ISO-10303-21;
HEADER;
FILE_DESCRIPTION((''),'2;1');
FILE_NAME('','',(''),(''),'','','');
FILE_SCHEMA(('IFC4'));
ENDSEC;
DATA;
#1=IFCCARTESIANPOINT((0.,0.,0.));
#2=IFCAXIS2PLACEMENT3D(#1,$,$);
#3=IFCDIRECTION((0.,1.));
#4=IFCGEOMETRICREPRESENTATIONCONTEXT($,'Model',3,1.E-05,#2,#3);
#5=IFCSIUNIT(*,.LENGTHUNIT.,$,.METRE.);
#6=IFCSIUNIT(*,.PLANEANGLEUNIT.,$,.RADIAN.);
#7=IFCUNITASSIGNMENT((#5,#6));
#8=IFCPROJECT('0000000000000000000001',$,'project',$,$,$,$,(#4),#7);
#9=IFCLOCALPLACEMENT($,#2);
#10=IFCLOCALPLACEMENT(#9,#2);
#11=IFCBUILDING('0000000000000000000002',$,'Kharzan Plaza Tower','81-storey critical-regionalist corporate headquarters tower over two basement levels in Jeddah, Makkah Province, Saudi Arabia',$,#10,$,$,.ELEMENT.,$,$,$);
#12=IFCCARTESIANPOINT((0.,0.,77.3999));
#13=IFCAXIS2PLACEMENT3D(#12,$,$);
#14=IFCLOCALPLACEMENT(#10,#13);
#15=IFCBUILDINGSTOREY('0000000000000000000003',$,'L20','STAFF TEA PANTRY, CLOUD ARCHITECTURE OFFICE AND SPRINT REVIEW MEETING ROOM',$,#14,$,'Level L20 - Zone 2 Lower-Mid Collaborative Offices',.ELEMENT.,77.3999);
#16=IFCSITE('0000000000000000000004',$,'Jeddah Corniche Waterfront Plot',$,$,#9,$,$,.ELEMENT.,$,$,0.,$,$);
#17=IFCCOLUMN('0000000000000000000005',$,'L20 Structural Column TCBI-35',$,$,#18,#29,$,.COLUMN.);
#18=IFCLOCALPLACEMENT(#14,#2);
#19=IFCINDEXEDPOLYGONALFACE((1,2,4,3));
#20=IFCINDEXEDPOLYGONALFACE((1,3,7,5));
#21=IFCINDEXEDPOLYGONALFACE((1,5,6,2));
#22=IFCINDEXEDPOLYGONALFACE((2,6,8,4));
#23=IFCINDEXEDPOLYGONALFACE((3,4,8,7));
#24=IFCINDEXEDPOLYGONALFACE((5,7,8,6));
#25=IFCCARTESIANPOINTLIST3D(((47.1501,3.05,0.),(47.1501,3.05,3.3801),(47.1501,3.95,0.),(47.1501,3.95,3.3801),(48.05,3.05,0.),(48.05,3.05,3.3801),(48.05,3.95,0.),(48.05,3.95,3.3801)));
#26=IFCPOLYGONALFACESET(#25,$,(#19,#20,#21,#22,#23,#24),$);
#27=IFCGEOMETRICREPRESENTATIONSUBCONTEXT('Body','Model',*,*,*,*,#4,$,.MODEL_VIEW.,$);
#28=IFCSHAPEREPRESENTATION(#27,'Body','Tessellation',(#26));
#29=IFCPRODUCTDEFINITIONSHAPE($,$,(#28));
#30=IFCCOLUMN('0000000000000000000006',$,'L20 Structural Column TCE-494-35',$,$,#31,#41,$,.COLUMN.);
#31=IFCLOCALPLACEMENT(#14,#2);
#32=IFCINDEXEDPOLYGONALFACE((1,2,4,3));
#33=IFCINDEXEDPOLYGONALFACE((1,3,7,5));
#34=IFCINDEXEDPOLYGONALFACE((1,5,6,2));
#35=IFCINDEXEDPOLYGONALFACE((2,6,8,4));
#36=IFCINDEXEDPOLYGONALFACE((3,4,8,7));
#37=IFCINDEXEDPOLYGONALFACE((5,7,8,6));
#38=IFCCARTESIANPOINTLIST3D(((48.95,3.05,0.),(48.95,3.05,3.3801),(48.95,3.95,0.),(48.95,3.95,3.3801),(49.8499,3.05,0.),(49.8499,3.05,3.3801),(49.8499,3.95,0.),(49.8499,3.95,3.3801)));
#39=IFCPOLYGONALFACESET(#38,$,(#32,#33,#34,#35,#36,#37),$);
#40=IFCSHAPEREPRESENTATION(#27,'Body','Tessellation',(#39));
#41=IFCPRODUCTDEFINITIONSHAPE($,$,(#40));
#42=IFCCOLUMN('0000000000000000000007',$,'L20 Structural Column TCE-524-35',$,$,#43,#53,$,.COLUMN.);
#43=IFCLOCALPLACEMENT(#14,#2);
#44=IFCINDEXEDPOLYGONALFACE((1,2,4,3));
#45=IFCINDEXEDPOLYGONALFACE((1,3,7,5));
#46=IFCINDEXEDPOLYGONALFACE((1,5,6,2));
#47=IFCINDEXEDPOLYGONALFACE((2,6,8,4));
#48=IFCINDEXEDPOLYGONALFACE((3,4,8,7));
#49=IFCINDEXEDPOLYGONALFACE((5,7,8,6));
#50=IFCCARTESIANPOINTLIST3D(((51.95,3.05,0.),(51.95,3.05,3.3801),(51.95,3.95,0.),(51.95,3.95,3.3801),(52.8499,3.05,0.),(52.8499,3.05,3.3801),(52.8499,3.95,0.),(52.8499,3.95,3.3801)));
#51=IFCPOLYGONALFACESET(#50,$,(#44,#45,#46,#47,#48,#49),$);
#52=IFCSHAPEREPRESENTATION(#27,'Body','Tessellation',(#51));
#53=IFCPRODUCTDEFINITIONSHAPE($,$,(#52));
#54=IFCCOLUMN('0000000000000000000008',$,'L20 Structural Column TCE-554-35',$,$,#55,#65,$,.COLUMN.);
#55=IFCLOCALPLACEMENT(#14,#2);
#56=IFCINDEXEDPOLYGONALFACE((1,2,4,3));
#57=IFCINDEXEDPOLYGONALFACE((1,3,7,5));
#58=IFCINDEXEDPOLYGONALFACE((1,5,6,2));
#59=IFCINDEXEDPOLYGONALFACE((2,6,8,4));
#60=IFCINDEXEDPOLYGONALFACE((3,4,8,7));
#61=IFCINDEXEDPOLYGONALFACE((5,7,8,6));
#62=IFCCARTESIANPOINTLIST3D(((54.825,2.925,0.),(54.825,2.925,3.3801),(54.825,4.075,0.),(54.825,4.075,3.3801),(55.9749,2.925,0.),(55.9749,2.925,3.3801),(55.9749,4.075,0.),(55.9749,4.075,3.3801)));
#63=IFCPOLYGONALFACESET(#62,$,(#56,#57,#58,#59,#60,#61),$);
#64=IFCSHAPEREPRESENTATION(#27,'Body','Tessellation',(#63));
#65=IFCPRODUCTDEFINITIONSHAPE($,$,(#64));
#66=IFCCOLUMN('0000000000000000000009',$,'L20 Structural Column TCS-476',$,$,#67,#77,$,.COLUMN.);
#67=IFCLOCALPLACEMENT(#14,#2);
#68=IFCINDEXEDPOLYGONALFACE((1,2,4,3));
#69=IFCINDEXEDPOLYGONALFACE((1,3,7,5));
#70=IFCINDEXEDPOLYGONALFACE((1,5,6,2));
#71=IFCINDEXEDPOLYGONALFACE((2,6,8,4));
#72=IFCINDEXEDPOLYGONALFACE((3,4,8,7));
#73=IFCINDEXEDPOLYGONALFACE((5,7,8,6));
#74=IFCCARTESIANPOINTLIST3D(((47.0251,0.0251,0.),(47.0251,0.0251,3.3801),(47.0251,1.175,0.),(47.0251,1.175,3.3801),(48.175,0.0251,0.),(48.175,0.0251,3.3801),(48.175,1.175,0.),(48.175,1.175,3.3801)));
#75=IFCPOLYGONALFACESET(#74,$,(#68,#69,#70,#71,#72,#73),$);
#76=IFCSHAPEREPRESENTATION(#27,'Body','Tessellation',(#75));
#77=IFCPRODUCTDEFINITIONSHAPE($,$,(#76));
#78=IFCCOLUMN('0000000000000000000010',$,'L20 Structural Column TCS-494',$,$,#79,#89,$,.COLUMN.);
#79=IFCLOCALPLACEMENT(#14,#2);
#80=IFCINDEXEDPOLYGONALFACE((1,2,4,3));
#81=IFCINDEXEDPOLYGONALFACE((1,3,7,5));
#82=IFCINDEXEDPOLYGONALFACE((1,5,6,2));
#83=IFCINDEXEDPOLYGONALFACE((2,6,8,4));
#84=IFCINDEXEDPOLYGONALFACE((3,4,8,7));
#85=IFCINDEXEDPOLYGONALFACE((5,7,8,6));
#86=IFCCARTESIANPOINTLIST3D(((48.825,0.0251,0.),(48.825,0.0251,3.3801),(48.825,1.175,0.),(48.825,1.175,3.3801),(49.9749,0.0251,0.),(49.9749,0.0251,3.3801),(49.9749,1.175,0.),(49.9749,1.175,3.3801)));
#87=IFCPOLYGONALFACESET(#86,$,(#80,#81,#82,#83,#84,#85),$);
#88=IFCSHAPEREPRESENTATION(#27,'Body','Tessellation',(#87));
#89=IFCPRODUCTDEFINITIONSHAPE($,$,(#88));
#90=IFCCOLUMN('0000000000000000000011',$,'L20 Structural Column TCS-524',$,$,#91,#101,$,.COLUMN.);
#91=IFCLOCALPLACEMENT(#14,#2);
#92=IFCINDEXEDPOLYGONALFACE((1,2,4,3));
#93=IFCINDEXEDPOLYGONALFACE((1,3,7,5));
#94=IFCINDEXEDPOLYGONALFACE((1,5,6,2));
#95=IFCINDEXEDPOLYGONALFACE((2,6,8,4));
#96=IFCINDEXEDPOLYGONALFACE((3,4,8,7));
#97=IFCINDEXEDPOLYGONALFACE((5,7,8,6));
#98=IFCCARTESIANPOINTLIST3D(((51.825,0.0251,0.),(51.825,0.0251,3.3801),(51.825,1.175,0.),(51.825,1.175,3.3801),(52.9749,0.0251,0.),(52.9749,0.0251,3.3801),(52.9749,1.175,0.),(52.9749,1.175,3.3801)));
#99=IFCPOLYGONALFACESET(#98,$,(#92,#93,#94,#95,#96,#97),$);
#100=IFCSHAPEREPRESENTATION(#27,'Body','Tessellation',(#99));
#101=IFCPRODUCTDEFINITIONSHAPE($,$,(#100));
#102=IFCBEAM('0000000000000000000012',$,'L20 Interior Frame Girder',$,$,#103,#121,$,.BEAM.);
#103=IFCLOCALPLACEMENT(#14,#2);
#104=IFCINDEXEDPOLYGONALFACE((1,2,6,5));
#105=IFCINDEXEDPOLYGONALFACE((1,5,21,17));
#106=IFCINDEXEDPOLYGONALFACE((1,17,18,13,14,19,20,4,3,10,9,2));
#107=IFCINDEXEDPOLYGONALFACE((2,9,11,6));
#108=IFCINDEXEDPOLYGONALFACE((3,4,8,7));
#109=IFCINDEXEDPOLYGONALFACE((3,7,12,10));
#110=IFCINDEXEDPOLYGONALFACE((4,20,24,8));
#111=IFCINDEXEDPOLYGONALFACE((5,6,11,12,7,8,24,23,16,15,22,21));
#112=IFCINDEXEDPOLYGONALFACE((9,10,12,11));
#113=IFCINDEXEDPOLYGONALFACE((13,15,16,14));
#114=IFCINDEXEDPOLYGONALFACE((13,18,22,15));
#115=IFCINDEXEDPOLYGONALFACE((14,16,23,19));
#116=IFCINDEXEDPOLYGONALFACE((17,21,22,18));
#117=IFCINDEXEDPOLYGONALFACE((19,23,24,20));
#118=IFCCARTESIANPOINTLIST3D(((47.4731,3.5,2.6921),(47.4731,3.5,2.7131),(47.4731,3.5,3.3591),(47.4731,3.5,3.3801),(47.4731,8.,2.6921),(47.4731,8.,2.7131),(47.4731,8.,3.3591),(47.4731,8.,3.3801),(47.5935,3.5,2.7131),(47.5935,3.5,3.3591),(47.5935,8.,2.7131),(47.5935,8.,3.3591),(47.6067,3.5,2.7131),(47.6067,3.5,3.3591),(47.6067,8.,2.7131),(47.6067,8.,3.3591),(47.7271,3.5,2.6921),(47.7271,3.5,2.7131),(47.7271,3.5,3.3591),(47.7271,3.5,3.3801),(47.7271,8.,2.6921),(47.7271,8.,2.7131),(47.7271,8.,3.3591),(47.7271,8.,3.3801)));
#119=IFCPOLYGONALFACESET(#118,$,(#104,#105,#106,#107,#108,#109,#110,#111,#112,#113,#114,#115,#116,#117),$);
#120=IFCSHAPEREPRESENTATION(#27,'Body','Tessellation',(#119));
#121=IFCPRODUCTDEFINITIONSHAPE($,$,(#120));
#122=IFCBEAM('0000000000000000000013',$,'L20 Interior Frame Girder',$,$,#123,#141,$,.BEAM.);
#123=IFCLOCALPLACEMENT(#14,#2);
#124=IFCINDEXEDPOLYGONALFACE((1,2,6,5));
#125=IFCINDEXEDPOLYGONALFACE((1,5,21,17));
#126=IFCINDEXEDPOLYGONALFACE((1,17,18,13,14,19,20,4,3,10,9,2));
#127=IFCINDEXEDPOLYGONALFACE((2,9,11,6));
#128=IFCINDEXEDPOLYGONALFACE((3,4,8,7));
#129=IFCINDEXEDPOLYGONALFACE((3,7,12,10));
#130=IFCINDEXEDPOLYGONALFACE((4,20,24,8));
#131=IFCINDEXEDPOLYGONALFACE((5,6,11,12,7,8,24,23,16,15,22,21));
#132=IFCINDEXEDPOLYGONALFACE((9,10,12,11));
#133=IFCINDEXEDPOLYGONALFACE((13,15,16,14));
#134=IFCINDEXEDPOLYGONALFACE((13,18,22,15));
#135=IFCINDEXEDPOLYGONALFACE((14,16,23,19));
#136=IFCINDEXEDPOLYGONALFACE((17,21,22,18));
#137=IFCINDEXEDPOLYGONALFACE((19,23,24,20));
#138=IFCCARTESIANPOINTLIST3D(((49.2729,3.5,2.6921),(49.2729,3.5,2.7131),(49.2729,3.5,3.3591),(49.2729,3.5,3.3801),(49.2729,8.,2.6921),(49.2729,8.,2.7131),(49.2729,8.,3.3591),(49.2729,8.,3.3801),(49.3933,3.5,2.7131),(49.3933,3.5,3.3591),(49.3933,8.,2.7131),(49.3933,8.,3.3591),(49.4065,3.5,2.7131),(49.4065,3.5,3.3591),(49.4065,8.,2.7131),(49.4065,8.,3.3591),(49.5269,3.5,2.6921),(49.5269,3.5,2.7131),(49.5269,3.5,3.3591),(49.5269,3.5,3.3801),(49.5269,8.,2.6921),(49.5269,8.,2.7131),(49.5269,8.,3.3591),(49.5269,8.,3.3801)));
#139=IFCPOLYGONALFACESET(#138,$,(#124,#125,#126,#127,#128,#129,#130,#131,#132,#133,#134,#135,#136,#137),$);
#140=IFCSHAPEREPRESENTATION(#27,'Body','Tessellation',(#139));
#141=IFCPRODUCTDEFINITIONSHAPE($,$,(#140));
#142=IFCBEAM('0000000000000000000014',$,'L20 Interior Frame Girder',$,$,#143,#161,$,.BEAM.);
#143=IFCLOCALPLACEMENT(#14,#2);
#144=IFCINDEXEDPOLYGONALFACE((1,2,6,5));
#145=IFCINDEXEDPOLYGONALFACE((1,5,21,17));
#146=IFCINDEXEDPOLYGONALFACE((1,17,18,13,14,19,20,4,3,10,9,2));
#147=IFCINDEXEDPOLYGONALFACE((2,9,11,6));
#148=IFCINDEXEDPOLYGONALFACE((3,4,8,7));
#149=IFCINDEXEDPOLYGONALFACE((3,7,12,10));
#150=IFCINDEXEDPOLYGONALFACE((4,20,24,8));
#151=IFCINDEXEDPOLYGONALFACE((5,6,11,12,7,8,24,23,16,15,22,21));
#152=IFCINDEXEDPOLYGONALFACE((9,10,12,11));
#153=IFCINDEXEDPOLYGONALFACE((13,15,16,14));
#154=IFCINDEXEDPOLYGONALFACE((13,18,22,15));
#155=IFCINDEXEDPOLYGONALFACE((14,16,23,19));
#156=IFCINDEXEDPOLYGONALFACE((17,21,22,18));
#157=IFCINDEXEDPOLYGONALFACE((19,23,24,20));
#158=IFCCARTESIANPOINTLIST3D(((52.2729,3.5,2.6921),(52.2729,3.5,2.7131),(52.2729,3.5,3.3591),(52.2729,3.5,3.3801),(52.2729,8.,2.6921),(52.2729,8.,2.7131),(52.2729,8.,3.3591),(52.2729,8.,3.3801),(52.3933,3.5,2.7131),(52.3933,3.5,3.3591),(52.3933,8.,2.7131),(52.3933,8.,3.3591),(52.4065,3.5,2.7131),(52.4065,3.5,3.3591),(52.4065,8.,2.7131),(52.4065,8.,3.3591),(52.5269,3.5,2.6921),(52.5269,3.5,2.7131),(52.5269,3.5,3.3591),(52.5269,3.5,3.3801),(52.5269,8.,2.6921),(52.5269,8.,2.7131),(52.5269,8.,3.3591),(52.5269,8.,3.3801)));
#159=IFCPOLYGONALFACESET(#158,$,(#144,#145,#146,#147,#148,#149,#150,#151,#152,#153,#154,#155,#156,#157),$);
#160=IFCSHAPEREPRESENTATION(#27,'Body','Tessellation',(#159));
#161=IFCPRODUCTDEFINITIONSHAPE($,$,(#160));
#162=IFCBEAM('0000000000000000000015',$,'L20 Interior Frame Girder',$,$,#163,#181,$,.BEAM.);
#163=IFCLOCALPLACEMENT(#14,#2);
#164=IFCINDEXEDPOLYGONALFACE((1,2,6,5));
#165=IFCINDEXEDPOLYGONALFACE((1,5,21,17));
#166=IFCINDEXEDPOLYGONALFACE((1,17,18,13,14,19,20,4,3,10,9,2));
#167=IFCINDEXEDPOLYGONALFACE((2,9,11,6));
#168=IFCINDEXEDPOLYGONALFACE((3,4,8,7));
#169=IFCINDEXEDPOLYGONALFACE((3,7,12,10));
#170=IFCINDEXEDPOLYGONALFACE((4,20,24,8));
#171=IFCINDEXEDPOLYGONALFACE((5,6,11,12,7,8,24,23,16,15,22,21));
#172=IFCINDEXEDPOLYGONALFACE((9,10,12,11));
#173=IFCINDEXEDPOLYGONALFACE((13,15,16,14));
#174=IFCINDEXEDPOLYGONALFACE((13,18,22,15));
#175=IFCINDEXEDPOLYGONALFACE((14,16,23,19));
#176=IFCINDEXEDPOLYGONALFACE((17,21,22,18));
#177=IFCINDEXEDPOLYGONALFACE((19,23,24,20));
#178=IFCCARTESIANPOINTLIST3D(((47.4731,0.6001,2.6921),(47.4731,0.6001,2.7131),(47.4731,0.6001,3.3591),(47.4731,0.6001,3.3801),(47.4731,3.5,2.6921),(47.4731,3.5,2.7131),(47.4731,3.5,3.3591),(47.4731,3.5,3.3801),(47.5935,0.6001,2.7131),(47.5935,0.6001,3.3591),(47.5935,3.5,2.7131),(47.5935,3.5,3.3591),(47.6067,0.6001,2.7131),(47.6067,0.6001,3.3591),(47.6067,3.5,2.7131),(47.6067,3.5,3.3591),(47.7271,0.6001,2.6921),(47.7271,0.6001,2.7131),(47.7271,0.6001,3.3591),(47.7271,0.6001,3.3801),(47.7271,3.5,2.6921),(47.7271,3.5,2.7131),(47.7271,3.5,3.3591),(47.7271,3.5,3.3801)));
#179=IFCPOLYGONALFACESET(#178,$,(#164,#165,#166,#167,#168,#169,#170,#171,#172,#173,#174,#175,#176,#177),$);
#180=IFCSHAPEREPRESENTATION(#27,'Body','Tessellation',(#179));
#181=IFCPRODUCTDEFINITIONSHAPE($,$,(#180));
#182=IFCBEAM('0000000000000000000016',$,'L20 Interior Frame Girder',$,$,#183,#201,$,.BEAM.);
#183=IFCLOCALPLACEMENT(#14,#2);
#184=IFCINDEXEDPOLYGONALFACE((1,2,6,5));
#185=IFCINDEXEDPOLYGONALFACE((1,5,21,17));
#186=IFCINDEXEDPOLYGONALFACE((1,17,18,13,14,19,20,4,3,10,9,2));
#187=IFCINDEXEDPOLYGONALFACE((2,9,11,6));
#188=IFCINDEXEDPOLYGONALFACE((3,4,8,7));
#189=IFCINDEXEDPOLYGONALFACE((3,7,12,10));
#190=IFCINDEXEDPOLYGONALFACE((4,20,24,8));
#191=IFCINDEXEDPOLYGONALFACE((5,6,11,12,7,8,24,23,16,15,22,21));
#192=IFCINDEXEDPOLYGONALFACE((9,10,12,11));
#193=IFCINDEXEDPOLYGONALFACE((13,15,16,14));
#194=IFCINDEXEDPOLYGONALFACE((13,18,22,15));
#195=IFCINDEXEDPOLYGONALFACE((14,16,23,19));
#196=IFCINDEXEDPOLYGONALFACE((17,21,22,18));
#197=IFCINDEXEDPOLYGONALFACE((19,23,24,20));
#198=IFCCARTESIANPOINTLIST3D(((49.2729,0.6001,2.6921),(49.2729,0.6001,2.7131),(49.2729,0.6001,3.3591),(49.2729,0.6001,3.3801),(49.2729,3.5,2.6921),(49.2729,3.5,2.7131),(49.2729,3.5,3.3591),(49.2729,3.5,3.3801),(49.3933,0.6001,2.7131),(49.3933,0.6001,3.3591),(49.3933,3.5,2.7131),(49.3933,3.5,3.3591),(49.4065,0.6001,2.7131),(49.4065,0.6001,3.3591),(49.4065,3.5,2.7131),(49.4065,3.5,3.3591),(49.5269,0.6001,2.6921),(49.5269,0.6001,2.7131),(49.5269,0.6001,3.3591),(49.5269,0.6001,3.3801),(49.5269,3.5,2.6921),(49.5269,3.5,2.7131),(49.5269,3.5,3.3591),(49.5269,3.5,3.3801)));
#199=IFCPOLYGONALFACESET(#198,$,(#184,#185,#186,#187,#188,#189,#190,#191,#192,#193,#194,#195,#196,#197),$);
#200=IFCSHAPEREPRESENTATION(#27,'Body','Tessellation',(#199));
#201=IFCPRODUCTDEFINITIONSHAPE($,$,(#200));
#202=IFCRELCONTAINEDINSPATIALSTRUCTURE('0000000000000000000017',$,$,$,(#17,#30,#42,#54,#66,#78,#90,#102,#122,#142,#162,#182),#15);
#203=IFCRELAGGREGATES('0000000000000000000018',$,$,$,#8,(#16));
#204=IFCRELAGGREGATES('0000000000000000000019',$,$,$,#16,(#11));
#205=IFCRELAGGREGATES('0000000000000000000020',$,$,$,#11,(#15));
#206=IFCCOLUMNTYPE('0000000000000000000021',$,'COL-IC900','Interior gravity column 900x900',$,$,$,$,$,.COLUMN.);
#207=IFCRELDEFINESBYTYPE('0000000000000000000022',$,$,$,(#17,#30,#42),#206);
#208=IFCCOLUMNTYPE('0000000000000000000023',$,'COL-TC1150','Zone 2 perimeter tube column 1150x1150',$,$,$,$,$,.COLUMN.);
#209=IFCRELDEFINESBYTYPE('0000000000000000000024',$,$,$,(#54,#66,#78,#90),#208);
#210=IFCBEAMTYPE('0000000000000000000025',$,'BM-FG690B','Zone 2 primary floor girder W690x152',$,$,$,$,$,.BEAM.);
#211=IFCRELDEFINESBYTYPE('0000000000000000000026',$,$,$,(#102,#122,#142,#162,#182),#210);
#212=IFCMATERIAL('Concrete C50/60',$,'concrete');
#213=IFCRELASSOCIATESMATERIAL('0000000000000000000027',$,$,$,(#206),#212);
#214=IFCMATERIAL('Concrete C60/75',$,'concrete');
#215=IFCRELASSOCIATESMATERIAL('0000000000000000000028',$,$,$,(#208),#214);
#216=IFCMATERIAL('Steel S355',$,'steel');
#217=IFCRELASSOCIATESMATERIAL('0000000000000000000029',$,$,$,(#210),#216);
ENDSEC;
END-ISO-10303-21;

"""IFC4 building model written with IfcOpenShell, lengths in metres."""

from ifc_helpers import new_model, si_unit, direction, frame, origin, origin_2d, place, context, subcontext, project, spatial, rectangle, i_section, extrude, source, transform, mapped, material, material_profile, profile_set, type_object, element, save


model = new_model("IFC4")

# Units and contexts
model_context = context("Model", 3, precision=1e-05, world=origin(), true_north=direction((0.0, 1.0)))
body_context = subcontext(model_context, "Body", "Model", "MODEL_VIEW")
ifc_project = project(units=[si_unit("LENGTHUNIT", "METRE"), si_unit("PLANEANGLEUNIT", "RADIAN")], contexts=[model_context])

# Site, building, storey
site_placement = place(None, origin())
site = spatial("IfcSite", under=ifc_project, at=site_placement, Name="Jeddah Corniche Waterfront Plot", CompositionType="ELEMENT", RefElevation=0.0)
building_placement = place(site_placement, origin())
building = spatial("IfcBuilding", under=site, at=building_placement, Name="Kharzan Plaza Tower", Description="81-storey critical-regionalist corporate headquarters tower over two basement levels in Jeddah, Makkah Province, Saudi Arabia", CompositionType="ELEMENT")
storey_placement = place(building_placement, frame((0.0, 0.0, 77.3999)))
storey = spatial("IfcBuildingStorey", under=building, at=storey_placement, Name="L20", Description="STAFF TEA PANTRY, CLOUD ARCHITECTURE OFFICE AND SPRINT REVIEW MEETING ROOM", LongName="Level L20 - Zone 2 Lower-Mid Collaborative Offices", CompositionType="ELEMENT", Elevation=77.3999)

# Columns
ifc_material_1 = material(Name="Concrete C50/60", Category="concrete")
ifc_material_profile_1 = material_profile(ifc_material_1, rectangle(XDim=0.8999, YDim=0.8999, at=origin_2d()), Name="RC-IC900x900")
ifc_profile_set_1 = profile_set([ifc_material_profile_1], Name="Concrete C50/60")
column_type_1 = type_object("IfcColumnType", Name="COL-IC900", Description="Interior gravity column 900x900", PredefinedType="COLUMN", material=ifc_profile_set_1)
shared_shape_1 = source(origin(), body_context, "Body", "SweptSolid", [
    extrude(rectangle(XDim=0.8999, YDim=0.8999, at=origin_2d()), origin(), (0.0, 0.0, 1.0), 3.3801),
])
for number, where, z_axis, x_axis, name in (
    (1, (47.6001, 3.5, 0.0), (0.0, 0.0, 1.0), (1.0, 0.0, 0.0), "L20 Structural Column TCBI-35"),
    (2, (49.3999, 3.5, 0.0), (0.0, 0.0, 1.0), (1.0, 0.0, 0.0), "L20 Structural Column TCE-494-35"),
    (3, (52.3999, 3.5, 0.0), (0.0, 0.0, 1.0), (1.0, 0.0, 0.0), "L20 Structural Column TCE-524-35"),
):
    element("IfcColumn", number, at=place(storey_placement, frame(where, z_axis=z_axis, x_axis=x_axis)), inside=storey, type_object=column_type_1, Name=name, PredefinedType="COLUMN", context=body_context, shape_type="MappedRepresentation", body=[
        mapped(shared_shape_1, transform((0.0, 0.0, 0.0), x_axis=(1.0, 0.0, 0.0), y_axis=(0.0, 1.0, 0.0), z_axis=(0.0, 0.0, 1.0))),
    ])
ifc_material_2 = material(Name="Concrete C60/75", Category="concrete")
ifc_material_profile_2 = material_profile(ifc_material_2, rectangle(XDim=1.1499, YDim=1.1499, at=origin_2d()), Name="RC-TC1150x1150")
ifc_profile_set_2 = profile_set([ifc_material_profile_2], Name="Concrete C60/75")
column_type_2 = type_object("IfcColumnType", Name="COL-TC1150", Description="Zone 2 perimeter tube column 1150x1150", PredefinedType="COLUMN", material=ifc_profile_set_2)
shared_shape_2 = source(origin(), body_context, "Body", "SweptSolid", [
    extrude(rectangle(XDim=1.1499, YDim=1.1499, at=origin_2d()), origin(), (0.0, 0.0, 1.0), 3.3801),
])
for number, where, z_axis, x_axis, name in (
    (4, (55.3999, 3.5, 0.0), (0.0, 0.0, 1.0), (1.0, 0.0, 0.0), "L20 Structural Column TCE-554-35"),
    (5, (47.6001, 0.6001, 0.0), (0.0, 0.0, 1.0), (1.0, 0.0, 0.0), "L20 Structural Column TCS-476"),
    (6, (49.3999, 0.6001, 0.0), (0.0, 0.0, 1.0), (1.0, 0.0, 0.0), "L20 Structural Column TCS-494"),
    (7, (52.3999, 0.6001, 0.0), (0.0, 0.0, 1.0), (1.0, 0.0, 0.0), "L20 Structural Column TCS-524"),
):
    element("IfcColumn", number, at=place(storey_placement, frame(where, z_axis=z_axis, x_axis=x_axis)), inside=storey, type_object=column_type_2, Name=name, PredefinedType="COLUMN", context=body_context, shape_type="MappedRepresentation", body=[
        mapped(shared_shape_2, transform((0.0, 0.0, 0.0), x_axis=(1.0, 0.0, 0.0), y_axis=(0.0, 1.0, 0.0), z_axis=(0.0, 0.0, 1.0))),
    ])

# Beams
ifc_material_3 = material(Name="Steel S355", Category="steel")
ifc_material_profile_3 = material_profile(ifc_material_3, i_section(OverallWidth=0.2539, OverallDepth=0.688, WebThickness=0.0132, FlangeThickness=0.021, at=origin_2d()), Name="W690x152")
ifc_profile_set_3 = profile_set([ifc_material_profile_3], Name="Steel S355")
beam_type_1 = type_object("IfcBeamType", Name="BM-FG690B", Description="Zone 2 primary floor girder W690x152", PredefinedType="BEAM", material=ifc_profile_set_3)
shared_shape_3 = source(origin(), body_context, "Body", "SweptSolid", [
    extrude(i_section(OverallWidth=0.2539, OverallDepth=0.688, WebThickness=0.0132, FlangeThickness=0.021, at=origin_2d()), origin(), (0.0, 0.0, 1.0), 4.5),
])
for number, where, z_axis, x_axis, name in (
    (8, (47.6001, 3.5, 3.0361), (0.0, 1.0, 0.0), (-1.0, 0.0, 0.0), "L20 Interior Frame Girder"),
    (9, (49.3999, 3.5, 3.0361), (0.0, 1.0, 0.0), (-1.0, 0.0, 0.0), "L20 Interior Frame Girder"),
    (10, (52.3999, 3.5, 3.0361), (0.0, 1.0, 0.0), (-1.0, 0.0, 0.0), "L20 Interior Frame Girder"),
):
    element("IfcBeam", number, at=place(storey_placement, frame(where, z_axis=z_axis, x_axis=x_axis)), inside=storey, type_object=beam_type_1, Name=name, PredefinedType="BEAM", context=body_context, shape_type="MappedRepresentation", body=[
        mapped(shared_shape_3, transform((0.0, 0.0, 0.0), x_axis=(1.0, 0.0, 0.0), y_axis=(0.0, 1.0, 0.0), z_axis=(0.0, 0.0, 1.0))),
    ])
shared_shape_4 = source(origin(), body_context, "Body", "SweptSolid", [
    extrude(i_section(OverallWidth=0.2539, OverallDepth=0.688, WebThickness=0.0132, FlangeThickness=0.021, at=origin_2d()), origin(), (0.0, 0.0, 1.0), 2.8999),
])
for number, where, z_axis, x_axis, name in (
    (11, (47.6001, 0.6001, 3.0361), (0.0, 1.0, 0.0), (-1.0, 0.0, 0.0), "L20 Interior Frame Girder"),
    (12, (49.3999, 0.6001, 3.0361), (0.0, 1.0, 0.0), (-1.0, 0.0, 0.0), "L20 Interior Frame Girder"),
):
    element("IfcBeam", number, at=place(storey_placement, frame(where, z_axis=z_axis, x_axis=x_axis)), inside=storey, type_object=beam_type_1, Name=name, PredefinedType="BEAM", context=body_context, shape_type="MappedRepresentation", body=[
        mapped(shared_shape_4, transform((0.0, 0.0, 0.0), x_axis=(1.0, 0.0, 0.0), y_axis=(0.0, 1.0, 0.0), z_axis=(0.0, 0.0, 1.0))),
    ])

save(model, "model.ifc")
